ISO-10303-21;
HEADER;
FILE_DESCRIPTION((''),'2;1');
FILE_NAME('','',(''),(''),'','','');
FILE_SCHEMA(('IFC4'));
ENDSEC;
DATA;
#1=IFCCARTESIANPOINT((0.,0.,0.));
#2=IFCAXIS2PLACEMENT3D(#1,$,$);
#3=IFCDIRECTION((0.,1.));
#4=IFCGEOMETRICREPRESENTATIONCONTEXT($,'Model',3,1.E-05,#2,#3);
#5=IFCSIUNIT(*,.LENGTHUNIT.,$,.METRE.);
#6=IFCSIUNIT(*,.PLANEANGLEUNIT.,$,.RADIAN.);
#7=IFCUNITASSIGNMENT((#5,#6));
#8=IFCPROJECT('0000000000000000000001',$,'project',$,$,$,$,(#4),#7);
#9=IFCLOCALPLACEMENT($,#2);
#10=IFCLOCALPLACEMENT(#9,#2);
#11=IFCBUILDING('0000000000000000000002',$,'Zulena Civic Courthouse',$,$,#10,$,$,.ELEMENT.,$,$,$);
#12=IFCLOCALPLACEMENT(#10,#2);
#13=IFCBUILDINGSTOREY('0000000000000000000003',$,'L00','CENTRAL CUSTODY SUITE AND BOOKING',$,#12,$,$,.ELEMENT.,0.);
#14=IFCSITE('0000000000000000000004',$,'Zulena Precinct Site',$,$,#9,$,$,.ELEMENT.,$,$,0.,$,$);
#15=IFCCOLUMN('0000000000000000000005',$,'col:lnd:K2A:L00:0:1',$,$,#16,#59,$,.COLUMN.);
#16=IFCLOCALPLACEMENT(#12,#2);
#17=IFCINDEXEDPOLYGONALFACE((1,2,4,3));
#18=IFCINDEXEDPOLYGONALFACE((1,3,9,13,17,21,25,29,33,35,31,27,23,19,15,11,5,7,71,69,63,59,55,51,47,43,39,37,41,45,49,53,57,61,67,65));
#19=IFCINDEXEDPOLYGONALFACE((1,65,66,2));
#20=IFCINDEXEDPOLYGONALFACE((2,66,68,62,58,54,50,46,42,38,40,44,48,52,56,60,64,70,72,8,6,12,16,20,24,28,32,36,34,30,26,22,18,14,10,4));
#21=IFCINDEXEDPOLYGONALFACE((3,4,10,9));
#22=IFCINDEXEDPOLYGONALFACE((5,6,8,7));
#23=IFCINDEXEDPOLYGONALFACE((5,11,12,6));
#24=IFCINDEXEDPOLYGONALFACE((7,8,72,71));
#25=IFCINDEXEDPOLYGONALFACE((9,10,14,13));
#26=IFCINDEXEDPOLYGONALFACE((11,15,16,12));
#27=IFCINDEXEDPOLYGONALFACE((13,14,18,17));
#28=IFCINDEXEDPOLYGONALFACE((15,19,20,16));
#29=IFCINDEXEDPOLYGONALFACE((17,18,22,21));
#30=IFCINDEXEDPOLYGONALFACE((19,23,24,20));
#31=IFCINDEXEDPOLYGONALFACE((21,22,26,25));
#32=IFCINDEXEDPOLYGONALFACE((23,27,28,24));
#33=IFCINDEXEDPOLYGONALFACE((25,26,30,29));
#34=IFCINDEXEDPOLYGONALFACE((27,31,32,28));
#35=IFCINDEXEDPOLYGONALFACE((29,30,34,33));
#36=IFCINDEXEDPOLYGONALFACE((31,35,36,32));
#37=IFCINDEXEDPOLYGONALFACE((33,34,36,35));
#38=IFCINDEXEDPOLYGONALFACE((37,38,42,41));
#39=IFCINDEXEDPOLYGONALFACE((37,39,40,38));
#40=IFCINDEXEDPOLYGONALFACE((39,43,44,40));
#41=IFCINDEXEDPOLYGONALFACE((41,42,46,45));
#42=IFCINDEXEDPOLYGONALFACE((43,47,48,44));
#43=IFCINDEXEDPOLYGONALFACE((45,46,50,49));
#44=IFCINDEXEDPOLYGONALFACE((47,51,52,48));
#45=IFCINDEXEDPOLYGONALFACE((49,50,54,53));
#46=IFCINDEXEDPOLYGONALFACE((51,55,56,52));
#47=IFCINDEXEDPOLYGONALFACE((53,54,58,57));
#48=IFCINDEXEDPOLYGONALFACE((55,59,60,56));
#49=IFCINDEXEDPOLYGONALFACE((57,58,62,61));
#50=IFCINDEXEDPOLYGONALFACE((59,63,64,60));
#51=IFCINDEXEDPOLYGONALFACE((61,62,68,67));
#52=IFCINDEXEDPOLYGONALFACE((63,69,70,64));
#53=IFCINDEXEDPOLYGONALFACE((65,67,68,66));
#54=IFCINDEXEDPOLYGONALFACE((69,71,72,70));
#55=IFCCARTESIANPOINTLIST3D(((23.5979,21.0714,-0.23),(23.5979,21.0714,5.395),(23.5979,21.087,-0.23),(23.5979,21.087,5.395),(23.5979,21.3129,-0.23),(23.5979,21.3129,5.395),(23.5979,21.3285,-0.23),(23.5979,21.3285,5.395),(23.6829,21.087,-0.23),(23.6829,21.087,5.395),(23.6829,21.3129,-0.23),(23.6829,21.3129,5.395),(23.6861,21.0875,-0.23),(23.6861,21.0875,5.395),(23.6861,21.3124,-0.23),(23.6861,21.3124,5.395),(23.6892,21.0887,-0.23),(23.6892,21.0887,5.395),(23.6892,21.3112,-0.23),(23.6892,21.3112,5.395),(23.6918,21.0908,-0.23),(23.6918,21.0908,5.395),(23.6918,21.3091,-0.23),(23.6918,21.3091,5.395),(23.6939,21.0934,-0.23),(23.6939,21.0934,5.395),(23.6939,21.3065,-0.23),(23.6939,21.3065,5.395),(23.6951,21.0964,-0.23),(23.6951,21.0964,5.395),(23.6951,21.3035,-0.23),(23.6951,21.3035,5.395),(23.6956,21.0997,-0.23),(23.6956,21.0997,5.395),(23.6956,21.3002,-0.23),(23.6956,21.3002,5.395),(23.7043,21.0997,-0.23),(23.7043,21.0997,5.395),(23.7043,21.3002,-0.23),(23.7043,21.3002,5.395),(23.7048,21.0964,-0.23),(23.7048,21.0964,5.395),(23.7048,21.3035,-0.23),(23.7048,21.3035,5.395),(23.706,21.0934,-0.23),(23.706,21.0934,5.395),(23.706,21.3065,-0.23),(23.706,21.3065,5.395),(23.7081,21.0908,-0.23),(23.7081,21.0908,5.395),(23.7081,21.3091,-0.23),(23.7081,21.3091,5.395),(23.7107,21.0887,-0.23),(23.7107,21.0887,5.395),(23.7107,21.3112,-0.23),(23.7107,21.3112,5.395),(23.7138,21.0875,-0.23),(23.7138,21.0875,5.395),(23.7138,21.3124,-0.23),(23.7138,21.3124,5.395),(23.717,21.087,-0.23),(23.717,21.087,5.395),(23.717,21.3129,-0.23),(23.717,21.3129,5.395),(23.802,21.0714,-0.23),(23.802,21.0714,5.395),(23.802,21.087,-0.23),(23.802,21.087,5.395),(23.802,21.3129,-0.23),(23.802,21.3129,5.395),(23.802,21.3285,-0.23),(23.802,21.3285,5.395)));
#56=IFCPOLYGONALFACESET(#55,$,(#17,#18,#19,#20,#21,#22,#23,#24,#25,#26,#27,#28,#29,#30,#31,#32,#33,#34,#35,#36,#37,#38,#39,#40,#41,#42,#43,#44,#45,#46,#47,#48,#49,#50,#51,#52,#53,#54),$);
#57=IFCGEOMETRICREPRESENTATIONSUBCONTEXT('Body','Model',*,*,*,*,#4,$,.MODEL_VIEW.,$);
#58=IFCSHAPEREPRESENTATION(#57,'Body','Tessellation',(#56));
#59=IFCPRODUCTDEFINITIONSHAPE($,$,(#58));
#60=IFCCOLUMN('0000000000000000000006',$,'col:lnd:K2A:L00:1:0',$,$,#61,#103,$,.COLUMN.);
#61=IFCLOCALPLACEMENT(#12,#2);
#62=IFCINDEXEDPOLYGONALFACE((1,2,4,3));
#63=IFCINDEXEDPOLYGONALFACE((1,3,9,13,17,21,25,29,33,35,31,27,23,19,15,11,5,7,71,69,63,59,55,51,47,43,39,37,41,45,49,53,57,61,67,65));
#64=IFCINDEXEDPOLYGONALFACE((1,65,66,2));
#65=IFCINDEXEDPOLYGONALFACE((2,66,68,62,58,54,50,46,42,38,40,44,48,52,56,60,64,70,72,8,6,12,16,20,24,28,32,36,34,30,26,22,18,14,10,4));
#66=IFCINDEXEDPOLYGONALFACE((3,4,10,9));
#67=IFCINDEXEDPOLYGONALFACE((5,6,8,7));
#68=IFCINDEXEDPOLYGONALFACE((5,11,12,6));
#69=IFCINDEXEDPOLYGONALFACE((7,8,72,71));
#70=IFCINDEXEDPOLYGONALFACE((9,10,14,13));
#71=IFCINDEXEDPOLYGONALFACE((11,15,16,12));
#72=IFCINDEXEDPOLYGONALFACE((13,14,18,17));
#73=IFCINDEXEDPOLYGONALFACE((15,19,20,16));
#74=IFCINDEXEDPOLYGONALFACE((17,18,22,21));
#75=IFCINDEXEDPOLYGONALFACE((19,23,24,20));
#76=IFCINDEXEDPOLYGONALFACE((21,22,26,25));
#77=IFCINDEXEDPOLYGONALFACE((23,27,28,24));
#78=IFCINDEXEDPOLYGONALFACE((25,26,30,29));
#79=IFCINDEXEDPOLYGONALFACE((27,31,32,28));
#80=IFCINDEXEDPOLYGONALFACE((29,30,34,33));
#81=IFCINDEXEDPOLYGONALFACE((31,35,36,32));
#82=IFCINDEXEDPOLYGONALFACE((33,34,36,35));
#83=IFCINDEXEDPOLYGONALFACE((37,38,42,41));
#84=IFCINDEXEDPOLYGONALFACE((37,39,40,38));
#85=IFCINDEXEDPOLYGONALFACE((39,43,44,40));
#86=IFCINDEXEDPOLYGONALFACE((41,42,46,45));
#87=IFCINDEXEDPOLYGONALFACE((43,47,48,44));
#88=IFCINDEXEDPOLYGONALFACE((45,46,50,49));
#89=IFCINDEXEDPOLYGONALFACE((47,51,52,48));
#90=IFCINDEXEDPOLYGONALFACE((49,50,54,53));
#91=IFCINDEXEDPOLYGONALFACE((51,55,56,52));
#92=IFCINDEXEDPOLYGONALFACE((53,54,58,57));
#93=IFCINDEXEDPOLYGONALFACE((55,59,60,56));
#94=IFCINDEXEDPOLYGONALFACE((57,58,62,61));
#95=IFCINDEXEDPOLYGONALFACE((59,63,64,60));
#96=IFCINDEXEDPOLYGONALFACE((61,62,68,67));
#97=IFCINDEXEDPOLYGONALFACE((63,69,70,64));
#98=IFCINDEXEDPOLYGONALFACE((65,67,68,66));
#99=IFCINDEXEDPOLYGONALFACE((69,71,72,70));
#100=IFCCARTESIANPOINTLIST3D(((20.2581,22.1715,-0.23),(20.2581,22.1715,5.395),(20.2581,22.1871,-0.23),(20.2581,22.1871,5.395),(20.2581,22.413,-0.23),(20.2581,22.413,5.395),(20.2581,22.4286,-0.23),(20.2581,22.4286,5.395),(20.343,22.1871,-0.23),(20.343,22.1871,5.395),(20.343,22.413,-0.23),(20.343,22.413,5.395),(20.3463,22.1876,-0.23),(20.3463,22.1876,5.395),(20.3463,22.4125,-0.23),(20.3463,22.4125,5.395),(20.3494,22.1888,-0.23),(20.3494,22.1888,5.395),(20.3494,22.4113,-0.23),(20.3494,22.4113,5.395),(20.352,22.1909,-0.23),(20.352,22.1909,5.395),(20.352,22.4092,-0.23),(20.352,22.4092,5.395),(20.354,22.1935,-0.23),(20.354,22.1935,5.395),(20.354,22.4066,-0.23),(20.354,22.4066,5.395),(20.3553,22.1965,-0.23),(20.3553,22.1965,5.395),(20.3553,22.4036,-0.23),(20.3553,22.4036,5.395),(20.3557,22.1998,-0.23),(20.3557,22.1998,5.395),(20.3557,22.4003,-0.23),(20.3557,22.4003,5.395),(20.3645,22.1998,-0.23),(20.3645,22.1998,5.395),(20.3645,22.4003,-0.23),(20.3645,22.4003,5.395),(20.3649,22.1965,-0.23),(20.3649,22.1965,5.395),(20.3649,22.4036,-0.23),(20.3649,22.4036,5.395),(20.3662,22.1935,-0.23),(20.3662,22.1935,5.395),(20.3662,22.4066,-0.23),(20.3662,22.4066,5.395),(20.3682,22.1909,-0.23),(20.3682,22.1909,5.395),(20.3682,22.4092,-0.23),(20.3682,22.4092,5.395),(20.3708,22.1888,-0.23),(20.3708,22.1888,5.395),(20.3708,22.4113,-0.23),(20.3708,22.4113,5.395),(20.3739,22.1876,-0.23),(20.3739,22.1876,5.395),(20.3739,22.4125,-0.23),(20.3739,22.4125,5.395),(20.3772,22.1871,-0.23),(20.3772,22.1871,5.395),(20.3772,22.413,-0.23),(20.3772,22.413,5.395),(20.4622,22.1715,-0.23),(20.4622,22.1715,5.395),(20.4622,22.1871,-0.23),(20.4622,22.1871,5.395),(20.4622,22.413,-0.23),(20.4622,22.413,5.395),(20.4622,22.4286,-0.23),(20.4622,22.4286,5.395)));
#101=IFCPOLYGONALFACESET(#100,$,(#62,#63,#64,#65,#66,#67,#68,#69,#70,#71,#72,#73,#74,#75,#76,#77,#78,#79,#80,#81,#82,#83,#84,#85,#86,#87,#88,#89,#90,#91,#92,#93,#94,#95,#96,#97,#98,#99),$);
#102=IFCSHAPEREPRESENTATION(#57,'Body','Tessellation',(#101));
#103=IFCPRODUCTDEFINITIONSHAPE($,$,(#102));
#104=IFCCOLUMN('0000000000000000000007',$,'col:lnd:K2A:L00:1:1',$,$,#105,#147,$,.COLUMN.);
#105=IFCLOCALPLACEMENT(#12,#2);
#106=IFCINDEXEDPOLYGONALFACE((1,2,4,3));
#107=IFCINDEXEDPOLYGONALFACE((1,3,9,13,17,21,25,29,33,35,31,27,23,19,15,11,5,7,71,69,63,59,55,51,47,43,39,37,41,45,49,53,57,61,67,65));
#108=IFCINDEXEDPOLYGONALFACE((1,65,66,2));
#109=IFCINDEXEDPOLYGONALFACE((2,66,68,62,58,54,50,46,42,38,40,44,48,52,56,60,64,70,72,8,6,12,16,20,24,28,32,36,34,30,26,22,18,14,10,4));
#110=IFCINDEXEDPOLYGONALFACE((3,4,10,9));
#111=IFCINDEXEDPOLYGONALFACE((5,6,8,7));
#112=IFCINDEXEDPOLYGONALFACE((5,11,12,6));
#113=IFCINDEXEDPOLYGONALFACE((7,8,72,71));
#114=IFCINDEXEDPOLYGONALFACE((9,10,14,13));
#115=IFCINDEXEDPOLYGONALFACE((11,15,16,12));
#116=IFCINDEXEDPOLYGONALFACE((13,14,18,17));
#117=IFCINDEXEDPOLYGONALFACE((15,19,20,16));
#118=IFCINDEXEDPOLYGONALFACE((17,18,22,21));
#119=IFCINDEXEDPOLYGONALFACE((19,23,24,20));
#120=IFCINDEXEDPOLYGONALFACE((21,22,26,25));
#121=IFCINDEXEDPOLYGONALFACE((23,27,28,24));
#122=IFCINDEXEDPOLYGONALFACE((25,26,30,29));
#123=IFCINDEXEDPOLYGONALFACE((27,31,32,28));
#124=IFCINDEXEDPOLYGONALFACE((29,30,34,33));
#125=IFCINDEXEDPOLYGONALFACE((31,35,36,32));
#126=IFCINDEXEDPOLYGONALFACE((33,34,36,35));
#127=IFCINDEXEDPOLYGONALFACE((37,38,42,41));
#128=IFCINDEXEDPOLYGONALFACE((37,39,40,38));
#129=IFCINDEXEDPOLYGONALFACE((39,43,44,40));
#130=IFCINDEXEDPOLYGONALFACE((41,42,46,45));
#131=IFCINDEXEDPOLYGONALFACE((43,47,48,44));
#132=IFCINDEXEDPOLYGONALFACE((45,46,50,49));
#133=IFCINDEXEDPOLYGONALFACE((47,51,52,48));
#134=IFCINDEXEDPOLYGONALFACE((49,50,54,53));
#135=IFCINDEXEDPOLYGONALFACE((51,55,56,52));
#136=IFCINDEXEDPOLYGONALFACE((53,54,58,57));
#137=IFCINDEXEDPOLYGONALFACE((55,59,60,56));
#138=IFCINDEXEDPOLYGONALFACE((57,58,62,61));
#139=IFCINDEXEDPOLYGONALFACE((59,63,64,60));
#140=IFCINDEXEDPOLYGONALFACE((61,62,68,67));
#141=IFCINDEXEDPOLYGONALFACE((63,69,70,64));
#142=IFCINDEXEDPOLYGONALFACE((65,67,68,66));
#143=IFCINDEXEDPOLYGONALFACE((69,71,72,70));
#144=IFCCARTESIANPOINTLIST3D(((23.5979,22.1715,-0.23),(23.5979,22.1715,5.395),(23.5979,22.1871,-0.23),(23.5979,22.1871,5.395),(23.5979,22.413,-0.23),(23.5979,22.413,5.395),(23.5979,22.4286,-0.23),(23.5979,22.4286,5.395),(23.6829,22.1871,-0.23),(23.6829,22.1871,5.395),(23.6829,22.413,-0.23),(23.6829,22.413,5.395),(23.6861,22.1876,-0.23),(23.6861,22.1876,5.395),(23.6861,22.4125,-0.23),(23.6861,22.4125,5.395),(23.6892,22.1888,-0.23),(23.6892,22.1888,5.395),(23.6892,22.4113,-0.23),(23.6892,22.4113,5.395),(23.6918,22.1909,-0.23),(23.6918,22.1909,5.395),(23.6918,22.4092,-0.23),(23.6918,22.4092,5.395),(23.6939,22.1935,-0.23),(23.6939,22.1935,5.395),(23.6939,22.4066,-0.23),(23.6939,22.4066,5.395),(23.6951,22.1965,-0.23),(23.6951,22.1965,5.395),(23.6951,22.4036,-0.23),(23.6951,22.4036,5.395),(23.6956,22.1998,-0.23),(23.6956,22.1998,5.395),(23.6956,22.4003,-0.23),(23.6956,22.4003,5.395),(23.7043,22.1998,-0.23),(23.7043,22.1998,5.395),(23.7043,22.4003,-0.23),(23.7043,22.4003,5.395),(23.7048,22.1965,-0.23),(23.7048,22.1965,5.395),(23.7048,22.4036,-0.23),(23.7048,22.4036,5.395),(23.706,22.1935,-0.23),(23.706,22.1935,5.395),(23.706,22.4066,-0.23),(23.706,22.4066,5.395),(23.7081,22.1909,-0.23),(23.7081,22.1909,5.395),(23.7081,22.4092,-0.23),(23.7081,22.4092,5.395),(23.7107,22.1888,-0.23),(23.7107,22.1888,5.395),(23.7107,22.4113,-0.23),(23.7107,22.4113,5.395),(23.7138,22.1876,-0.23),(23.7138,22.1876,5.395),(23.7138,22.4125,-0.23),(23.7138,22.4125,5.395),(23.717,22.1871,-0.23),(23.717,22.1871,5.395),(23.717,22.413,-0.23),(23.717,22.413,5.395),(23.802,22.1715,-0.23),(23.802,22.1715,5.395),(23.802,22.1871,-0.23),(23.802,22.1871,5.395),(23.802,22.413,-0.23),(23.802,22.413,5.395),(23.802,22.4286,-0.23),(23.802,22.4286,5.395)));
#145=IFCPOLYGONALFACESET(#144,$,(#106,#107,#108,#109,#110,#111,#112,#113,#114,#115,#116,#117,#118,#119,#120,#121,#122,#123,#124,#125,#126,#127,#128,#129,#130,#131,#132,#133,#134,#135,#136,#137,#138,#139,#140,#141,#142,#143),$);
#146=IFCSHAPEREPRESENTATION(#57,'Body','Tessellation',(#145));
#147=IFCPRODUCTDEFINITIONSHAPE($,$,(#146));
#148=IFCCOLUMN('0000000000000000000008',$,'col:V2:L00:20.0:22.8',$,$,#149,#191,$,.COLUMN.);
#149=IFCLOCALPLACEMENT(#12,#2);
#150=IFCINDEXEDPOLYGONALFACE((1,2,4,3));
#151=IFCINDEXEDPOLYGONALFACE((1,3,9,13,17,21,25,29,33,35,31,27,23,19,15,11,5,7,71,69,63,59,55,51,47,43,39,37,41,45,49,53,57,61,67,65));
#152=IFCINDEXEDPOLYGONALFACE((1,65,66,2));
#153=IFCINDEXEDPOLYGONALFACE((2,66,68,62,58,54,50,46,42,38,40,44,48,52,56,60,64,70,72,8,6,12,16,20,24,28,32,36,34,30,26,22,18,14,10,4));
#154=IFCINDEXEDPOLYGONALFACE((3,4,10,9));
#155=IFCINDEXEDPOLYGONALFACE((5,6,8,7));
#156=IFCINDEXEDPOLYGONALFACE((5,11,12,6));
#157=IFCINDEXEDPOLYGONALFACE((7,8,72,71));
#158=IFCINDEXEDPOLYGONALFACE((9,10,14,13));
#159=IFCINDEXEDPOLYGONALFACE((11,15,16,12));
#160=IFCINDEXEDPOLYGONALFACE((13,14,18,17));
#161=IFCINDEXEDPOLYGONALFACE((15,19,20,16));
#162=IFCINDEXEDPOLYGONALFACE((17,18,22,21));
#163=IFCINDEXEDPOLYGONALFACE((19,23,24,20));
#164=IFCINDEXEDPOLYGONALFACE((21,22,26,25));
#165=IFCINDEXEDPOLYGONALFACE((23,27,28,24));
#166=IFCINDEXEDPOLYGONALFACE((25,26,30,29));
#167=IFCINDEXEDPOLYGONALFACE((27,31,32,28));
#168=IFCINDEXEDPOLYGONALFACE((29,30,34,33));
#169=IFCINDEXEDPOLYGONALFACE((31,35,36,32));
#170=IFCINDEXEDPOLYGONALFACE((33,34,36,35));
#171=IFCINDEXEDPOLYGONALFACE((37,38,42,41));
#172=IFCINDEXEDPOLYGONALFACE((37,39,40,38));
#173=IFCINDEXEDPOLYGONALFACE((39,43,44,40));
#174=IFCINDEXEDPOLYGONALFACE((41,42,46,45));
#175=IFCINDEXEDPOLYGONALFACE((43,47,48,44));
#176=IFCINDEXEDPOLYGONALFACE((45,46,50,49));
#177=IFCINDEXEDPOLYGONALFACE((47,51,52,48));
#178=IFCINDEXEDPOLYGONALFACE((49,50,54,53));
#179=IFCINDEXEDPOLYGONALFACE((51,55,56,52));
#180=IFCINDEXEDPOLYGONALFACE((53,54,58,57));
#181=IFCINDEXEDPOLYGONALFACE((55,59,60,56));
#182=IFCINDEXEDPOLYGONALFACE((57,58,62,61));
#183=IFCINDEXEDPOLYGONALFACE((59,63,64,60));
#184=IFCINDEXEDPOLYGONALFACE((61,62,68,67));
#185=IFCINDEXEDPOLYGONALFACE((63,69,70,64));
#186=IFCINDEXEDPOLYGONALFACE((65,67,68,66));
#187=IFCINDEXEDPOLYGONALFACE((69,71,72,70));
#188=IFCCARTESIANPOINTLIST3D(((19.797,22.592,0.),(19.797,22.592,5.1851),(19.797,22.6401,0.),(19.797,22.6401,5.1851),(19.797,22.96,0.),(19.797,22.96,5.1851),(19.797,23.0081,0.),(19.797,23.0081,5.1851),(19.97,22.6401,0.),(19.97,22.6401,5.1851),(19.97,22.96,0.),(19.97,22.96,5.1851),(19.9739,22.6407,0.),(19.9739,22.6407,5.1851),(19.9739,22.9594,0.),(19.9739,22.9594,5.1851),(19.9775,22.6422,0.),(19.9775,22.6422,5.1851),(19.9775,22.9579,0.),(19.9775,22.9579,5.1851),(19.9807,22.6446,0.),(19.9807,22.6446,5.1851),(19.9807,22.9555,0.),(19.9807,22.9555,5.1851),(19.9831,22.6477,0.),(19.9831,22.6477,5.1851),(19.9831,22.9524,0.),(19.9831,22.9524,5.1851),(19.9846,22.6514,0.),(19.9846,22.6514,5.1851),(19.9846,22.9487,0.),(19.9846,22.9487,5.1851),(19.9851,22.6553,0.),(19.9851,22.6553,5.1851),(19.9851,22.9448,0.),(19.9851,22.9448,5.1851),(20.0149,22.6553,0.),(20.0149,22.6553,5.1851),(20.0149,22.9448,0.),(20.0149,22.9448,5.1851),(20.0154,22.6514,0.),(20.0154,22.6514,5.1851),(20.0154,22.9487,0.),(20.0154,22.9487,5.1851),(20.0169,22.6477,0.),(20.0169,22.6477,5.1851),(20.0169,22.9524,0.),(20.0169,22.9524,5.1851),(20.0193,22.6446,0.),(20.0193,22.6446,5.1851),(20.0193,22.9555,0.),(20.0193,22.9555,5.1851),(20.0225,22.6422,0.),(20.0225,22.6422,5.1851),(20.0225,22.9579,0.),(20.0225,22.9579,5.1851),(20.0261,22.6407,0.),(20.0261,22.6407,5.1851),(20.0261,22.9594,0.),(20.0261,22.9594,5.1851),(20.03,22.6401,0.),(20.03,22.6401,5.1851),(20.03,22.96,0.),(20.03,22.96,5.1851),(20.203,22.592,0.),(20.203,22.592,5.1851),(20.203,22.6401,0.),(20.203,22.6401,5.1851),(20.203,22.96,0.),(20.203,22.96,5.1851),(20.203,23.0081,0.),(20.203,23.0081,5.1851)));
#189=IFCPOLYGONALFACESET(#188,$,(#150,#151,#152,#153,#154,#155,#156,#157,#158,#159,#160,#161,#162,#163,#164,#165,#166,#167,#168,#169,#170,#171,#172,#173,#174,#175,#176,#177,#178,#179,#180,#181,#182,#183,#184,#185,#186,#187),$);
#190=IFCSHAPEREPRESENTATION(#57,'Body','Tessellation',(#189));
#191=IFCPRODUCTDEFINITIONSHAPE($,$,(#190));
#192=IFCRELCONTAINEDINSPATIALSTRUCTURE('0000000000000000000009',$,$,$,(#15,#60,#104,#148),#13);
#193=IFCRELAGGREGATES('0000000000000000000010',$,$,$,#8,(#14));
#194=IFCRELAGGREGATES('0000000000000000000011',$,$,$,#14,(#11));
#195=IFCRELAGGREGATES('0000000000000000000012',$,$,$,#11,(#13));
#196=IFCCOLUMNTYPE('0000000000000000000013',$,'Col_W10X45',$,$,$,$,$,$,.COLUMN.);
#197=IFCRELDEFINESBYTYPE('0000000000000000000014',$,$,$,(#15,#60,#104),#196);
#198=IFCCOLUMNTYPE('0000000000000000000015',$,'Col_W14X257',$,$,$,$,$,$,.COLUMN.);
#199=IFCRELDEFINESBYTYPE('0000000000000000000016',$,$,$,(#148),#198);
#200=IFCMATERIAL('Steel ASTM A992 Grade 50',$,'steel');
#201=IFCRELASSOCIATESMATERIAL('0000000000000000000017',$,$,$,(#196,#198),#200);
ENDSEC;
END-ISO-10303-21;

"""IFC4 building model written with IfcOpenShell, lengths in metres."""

from ifc_helpers import new_model, si_unit, direction, frame, origin, origin_2d, place, context, subcontext, project, spatial, i_section, extrude, material, material_profile, profile_set, type_object, element, save


model = new_model("IFC4")

# Units and contexts
model_context = context("Model", 3, precision=1e-05, world=origin(), true_north=direction((0.0, 1.0)))
body_context = subcontext(model_context, "Body", "Model", "MODEL_VIEW")
ifc_project = project(units=[si_unit("LENGTHUNIT", "METRE"), si_unit("PLANEANGLEUNIT", "RADIAN")], contexts=[model_context])

# Site, building, storey
site_placement = place(None, origin())
site = spatial("IfcSite", under=ifc_project, at=site_placement, Name="Zulena Precinct Site", CompositionType="ELEMENT", RefElevation=0.0)
building_placement = place(site_placement, origin())
building = spatial("IfcBuilding", under=site, at=building_placement, Name="Zulena Civic Courthouse", CompositionType="ELEMENT")
storey_placement = place(building_placement, origin())
storey = spatial("IfcBuildingStorey", under=building, at=storey_placement, Name="L00", Description="CENTRAL CUSTODY SUITE AND BOOKING", CompositionType="ELEMENT", Elevation=0.0)

# Columns
ifc_material_1 = material(Name="Steel ASTM A992 Grade 50", Category="steel")
ifc_material_profile_1 = material_profile(ifc_material_1, i_section(OverallWidth=0.2041, OverallDepth=0.2571, WebThickness=0.0088, FlangeThickness=0.0156, FilletRadius=0.0127, at=origin_2d()), Name="W10X45")
ifc_profile_set_1 = profile_set([ifc_material_profile_1], Name="Steel ASTM A992 Grade 50")
column_type_1 = type_object("IfcColumnType", Name="Col_W10X45", PredefinedType="COLUMN", material=ifc_profile_set_1)
for number, where, z_axis, x_axis, name in (
    (1, (23.7, 21.2, -0.23), (0.0, 0.0, 1.0), (1.0, 0.0, 0.0), "col:lnd:K2A:L00:0:1"),
    (2, (20.3601, 22.3, -0.23), (0.0, 0.0, 1.0), (1.0, 0.0, 0.0), "col:lnd:K2A:L00:1:0"),
    (3, (23.7, 22.3, -0.23), (0.0, 0.0, 1.0), (1.0, 0.0, 0.0), "col:lnd:K2A:L00:1:1"),
):
    element("IfcColumn", number, at=place(storey_placement, frame(where, z_axis=z_axis, x_axis=x_axis)), inside=storey, type_object=column_type_1, Name=name, PredefinedType="COLUMN", context=body_context, shape_type="SweptSolid", body=[
        extrude(i_section(OverallWidth=0.2041, OverallDepth=0.2571, WebThickness=0.0088, FlangeThickness=0.0156, FilletRadius=0.0127, at=origin_2d()), origin(), (0.0, 0.0, 1.0), 5.625),
    ])
ifc_material_profile_2 = material_profile(ifc_material_1, i_section(OverallWidth=0.406, OverallDepth=0.416, WebThickness=0.0298, FlangeThickness=0.0481, FilletRadius=0.0151, at=origin_2d()), Name="W14X257")
ifc_profile_set_2 = profile_set([ifc_material_profile_2], Name="Steel ASTM A992 Grade 50")
column_type_2 = type_object("IfcColumnType", Name="Col_W14X257", PredefinedType="COLUMN", material=ifc_profile_set_2)
column_placement = place(storey_placement, frame((20.0, 22.8, 0.0), z_axis=(0.0, 0.0, 1.0), x_axis=(1.0, 0.0, 0.0)))
element("IfcColumn", 4, at=column_placement, inside=storey, type_object=column_type_2, Name="col:V2:L00:20.0:22.8", PredefinedType="COLUMN", context=body_context, shape_type="SweptSolid", body=[
    extrude(i_section(OverallWidth=0.406, OverallDepth=0.416, WebThickness=0.0298, FlangeThickness=0.0481, FilletRadius=0.0151, at=origin_2d()), origin(), (0.0, 0.0, 1.0), 5.1851),
])

save(model, "model.ifc")
